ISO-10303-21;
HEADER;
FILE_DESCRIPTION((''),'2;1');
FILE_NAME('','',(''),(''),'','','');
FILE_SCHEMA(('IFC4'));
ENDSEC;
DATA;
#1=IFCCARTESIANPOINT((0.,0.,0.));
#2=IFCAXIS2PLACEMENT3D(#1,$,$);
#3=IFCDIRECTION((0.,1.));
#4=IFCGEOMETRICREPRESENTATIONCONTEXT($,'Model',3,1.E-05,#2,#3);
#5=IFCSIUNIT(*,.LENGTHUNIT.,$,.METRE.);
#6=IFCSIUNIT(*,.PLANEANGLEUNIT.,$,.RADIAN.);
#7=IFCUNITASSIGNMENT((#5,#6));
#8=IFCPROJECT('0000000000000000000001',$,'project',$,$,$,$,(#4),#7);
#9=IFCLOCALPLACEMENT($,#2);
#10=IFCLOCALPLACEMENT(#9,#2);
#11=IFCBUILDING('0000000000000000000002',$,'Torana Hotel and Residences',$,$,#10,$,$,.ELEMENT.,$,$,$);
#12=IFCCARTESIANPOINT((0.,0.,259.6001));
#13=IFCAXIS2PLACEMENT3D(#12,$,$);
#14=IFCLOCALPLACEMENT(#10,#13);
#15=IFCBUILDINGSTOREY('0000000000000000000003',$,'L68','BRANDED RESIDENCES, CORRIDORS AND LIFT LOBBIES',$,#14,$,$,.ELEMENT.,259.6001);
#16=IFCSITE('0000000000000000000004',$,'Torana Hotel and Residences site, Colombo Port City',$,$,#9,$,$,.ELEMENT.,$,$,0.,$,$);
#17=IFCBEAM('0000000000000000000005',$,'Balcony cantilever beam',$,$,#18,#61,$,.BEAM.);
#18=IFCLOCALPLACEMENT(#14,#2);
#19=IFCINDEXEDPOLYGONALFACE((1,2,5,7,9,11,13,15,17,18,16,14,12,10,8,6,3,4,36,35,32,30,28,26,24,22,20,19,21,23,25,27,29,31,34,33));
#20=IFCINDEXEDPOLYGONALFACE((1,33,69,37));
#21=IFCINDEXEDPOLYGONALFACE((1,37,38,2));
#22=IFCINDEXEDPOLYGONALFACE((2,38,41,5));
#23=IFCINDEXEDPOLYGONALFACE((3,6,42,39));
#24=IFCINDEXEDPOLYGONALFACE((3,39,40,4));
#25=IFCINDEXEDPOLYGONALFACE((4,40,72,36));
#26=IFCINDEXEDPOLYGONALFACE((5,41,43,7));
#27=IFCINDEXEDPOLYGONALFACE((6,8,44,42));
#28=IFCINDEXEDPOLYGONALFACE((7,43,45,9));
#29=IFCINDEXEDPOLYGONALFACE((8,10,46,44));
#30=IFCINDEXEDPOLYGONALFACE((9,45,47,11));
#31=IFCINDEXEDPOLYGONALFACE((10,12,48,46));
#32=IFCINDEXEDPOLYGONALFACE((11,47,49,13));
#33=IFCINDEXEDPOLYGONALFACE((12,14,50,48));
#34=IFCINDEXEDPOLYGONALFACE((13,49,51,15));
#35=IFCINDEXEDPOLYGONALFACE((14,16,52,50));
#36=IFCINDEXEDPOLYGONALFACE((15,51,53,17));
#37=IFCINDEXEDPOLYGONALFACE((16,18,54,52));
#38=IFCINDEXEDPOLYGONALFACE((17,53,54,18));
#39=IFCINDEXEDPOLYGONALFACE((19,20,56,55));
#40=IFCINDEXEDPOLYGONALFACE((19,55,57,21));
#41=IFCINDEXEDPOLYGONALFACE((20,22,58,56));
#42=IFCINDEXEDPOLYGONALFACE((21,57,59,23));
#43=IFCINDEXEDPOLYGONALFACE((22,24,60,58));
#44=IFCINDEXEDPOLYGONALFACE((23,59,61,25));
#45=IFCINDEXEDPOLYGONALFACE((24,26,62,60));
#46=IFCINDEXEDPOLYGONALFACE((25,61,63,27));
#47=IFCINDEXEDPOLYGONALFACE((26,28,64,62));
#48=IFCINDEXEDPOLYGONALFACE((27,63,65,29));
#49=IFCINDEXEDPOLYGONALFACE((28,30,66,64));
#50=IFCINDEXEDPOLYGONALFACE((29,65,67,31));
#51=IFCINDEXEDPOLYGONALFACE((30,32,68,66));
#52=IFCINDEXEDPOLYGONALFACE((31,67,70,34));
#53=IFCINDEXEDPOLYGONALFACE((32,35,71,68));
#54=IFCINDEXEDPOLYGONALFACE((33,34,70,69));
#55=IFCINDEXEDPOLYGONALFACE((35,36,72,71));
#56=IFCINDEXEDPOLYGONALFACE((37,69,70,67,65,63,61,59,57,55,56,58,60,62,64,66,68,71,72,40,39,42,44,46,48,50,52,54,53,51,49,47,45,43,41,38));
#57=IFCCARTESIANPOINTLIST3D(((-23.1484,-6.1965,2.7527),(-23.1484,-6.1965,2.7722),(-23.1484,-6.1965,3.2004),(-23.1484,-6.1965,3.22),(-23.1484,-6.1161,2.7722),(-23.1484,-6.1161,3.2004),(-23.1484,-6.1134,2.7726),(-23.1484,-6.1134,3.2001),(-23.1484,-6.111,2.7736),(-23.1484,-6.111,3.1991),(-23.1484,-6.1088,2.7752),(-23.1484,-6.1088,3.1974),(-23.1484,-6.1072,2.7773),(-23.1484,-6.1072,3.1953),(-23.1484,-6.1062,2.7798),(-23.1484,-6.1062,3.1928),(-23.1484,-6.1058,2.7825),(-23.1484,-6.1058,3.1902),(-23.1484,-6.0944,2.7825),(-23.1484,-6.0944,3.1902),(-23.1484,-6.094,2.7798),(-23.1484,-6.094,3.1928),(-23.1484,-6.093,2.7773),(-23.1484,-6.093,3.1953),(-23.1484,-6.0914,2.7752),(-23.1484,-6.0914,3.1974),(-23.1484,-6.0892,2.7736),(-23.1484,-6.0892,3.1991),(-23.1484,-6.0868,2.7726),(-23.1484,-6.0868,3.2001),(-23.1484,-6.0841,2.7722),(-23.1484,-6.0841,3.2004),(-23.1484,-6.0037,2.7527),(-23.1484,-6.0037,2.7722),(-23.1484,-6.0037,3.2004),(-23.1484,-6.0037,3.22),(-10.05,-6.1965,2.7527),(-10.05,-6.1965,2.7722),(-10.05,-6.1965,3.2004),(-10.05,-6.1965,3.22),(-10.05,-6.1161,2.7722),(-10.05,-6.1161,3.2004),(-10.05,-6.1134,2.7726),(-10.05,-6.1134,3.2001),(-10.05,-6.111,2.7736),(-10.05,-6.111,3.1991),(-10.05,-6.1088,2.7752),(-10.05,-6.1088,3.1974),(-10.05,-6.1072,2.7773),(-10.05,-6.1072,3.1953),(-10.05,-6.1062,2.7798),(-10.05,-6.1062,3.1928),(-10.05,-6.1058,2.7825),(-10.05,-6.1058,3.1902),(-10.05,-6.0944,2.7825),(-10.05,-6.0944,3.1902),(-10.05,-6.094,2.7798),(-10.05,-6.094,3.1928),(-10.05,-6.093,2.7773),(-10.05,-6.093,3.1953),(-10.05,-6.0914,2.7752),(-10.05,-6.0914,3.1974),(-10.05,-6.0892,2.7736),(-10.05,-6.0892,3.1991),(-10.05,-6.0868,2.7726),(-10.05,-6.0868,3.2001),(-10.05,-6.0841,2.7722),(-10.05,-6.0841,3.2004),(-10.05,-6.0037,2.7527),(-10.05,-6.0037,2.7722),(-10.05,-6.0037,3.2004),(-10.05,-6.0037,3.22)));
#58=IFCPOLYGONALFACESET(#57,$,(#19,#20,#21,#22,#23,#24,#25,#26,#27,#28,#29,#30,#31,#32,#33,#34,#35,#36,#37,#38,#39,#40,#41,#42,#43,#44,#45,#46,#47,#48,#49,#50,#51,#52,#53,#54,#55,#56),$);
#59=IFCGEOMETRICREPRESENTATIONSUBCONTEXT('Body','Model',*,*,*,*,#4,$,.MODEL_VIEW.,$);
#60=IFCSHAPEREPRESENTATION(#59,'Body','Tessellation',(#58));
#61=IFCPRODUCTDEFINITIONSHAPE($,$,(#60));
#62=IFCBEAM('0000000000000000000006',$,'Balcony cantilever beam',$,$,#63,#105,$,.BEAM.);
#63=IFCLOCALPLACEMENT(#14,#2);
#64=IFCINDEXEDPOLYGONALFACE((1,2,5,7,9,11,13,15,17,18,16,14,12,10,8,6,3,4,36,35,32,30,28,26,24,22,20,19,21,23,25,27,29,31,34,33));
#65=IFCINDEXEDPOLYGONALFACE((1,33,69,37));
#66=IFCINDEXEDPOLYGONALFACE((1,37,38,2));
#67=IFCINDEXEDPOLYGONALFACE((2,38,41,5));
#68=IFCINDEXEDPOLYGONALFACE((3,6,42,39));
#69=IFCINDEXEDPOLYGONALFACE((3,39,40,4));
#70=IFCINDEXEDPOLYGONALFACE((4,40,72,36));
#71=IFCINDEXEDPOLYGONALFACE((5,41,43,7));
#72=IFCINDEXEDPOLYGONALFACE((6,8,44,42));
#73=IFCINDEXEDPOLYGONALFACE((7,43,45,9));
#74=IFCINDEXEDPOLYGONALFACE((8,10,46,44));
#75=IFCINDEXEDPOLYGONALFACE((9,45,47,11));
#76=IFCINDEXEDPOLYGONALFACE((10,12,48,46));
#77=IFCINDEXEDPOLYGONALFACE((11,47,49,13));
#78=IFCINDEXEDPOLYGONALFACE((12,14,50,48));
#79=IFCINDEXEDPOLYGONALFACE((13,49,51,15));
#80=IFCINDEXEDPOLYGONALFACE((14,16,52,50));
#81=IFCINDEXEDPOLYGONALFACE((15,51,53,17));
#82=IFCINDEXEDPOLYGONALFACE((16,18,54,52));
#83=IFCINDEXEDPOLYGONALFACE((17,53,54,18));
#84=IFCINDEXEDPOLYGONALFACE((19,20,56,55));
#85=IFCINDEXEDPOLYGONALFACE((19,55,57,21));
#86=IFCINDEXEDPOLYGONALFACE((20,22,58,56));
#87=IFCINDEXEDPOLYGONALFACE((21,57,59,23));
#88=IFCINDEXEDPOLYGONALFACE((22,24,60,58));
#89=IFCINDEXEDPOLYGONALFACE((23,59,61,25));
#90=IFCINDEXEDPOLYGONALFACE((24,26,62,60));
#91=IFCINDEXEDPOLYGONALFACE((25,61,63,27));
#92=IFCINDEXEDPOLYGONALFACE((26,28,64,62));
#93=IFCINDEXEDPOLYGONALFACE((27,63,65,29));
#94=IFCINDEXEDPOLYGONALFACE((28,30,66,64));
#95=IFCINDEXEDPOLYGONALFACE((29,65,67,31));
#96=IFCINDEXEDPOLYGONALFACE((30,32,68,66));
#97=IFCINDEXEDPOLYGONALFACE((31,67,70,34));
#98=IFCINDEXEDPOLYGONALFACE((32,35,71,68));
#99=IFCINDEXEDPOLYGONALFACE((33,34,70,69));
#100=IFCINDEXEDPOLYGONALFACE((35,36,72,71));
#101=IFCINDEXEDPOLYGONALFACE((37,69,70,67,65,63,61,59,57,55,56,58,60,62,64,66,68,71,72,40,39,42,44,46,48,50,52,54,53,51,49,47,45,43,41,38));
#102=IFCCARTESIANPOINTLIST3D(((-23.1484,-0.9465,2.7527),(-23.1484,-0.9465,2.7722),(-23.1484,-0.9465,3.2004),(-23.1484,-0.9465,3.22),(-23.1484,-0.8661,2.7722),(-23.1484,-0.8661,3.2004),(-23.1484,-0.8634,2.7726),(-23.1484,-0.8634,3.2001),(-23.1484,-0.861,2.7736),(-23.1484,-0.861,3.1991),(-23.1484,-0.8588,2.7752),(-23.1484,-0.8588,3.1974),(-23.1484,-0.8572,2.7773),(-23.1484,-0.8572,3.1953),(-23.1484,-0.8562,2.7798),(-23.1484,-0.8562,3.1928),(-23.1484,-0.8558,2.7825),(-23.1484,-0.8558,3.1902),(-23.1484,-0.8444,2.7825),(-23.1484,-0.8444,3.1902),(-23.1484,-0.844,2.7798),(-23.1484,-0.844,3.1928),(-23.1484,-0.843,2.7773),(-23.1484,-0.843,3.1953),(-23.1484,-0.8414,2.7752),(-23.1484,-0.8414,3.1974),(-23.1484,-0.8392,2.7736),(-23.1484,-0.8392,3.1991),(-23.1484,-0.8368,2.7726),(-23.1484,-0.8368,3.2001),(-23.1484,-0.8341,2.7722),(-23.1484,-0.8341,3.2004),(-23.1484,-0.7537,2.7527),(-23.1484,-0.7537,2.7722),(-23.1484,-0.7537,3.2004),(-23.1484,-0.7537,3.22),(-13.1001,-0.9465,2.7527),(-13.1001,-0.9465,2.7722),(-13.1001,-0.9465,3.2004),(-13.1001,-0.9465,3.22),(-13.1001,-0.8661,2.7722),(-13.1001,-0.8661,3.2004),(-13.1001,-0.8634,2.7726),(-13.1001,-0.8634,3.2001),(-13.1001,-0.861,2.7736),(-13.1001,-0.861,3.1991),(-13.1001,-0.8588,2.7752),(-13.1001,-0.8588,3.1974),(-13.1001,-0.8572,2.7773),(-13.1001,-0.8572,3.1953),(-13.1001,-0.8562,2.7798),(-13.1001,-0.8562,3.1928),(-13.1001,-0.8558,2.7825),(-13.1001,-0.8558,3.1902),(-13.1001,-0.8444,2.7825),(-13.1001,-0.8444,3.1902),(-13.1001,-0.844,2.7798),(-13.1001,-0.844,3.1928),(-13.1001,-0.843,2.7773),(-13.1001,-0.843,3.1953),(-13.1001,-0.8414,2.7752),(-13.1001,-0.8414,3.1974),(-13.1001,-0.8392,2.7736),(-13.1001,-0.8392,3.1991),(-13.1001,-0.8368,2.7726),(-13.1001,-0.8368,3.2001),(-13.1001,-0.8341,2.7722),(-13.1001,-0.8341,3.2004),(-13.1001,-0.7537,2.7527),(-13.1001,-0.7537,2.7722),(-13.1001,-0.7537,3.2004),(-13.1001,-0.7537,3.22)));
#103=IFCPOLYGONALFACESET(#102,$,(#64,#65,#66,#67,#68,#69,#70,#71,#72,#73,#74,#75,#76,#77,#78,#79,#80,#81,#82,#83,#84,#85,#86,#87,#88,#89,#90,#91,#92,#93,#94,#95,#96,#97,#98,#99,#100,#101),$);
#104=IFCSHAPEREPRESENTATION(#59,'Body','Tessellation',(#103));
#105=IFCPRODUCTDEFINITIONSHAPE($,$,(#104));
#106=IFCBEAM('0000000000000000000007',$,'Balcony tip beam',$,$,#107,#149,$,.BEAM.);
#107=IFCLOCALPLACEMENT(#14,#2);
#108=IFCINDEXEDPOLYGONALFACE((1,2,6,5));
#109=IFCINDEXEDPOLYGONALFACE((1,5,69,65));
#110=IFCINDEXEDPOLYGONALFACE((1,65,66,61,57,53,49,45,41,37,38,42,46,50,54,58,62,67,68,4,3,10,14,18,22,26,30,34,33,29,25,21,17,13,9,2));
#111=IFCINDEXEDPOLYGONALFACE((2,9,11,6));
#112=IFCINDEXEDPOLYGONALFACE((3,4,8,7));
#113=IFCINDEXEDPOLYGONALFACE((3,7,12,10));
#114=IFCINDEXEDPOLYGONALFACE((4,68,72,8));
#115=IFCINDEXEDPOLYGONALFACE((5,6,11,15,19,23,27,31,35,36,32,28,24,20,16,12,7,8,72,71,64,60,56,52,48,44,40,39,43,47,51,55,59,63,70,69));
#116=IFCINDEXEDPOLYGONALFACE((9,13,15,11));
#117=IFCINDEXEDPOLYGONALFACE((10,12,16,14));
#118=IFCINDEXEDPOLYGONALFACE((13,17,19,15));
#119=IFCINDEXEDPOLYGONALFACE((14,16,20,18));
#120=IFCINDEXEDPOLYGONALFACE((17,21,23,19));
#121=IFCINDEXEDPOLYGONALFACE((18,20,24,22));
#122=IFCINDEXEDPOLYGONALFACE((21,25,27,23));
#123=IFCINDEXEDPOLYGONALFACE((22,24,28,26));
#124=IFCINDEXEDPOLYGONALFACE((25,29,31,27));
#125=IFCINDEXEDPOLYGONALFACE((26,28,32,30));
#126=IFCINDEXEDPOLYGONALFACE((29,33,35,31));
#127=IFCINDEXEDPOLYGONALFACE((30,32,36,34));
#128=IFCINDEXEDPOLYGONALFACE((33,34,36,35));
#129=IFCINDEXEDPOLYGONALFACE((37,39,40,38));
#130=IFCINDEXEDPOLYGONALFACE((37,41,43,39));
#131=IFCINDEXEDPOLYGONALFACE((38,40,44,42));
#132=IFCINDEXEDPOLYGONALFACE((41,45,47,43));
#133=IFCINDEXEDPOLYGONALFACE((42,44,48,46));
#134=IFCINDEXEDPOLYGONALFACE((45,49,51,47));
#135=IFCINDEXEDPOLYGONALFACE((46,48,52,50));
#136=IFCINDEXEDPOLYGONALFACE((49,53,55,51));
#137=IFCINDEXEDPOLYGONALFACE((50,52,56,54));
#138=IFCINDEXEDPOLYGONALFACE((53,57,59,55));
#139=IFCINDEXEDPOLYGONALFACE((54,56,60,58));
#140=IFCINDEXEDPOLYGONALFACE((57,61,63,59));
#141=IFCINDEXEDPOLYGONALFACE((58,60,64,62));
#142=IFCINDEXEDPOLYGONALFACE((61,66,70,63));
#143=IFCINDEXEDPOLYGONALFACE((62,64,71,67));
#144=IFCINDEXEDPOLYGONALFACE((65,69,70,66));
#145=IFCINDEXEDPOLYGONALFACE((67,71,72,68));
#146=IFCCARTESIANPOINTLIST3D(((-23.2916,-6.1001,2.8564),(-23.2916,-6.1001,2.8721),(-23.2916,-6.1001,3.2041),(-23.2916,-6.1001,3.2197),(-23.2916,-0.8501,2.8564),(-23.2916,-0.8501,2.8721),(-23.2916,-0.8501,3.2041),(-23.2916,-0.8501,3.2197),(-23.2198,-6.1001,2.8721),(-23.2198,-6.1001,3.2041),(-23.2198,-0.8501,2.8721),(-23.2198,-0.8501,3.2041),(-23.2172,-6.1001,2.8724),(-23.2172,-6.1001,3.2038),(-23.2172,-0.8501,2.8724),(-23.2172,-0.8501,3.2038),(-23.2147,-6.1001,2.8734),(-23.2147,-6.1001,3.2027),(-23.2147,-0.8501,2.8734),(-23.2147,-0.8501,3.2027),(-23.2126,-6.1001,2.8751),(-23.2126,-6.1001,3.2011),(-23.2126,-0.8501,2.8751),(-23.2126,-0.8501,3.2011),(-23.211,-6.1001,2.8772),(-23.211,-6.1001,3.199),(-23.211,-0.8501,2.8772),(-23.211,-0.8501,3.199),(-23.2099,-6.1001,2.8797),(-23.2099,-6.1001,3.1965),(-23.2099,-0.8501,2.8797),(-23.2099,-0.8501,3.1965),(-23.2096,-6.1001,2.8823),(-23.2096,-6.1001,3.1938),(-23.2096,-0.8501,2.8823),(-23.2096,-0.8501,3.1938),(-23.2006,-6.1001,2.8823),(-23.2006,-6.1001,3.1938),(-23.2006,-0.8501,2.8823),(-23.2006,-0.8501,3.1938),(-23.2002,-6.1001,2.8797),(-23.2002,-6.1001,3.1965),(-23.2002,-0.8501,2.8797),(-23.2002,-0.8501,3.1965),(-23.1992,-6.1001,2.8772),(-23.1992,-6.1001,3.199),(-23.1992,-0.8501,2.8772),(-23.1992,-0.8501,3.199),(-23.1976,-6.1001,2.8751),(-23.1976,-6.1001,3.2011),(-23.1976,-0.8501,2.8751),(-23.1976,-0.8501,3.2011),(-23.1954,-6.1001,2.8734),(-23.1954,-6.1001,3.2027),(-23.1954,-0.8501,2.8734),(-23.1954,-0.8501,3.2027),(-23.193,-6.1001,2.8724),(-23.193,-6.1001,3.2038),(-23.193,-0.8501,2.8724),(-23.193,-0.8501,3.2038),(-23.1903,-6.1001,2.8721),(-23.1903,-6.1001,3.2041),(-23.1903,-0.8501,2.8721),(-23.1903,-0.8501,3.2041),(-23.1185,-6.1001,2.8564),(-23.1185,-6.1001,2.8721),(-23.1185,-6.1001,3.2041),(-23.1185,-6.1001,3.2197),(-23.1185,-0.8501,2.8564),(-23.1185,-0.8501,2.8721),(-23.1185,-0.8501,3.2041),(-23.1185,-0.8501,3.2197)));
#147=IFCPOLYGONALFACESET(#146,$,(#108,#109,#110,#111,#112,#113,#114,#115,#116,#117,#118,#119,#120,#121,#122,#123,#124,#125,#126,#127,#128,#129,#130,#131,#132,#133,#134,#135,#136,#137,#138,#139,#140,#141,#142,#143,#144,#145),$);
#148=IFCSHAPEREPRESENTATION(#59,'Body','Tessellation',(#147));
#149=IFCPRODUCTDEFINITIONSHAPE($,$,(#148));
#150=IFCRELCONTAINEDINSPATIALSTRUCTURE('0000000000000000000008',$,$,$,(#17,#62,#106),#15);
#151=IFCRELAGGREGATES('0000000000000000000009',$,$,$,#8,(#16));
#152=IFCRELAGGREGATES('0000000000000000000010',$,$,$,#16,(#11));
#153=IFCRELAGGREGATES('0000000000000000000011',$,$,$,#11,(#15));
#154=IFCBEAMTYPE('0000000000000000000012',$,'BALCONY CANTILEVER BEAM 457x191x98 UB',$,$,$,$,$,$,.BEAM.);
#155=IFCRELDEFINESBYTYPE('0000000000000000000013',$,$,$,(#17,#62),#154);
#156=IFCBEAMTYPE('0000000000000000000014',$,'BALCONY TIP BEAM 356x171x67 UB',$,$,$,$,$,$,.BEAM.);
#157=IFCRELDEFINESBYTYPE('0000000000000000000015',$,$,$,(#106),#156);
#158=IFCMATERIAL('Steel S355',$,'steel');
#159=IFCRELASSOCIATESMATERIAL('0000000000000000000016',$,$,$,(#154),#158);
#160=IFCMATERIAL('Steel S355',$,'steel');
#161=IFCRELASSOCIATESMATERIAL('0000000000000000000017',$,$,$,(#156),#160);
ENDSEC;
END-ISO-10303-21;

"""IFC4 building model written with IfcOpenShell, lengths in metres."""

from ifc_helpers import new_model, si_unit, direction, frame, origin, origin_2d, place, context, subcontext, project, spatial, i_section, extrude, material, material_profile, profile_set, type_object, element, save


model = new_model("IFC4")

# Units and contexts
model_context = context("Model", 3, precision=1e-05, world=origin(), true_north=direction((0.0, 1.0)))
body_context = subcontext(model_context, "Body", "Model", "MODEL_VIEW")
ifc_project = project(units=[si_unit("LENGTHUNIT", "METRE"), si_unit("PLANEANGLEUNIT", "RADIAN")], contexts=[model_context])

# Site, building, storey
site_placement = place(None, origin())
site = spatial("IfcSite", under=ifc_project, at=site_placement, Name="Torana Hotel and Residences site, Colombo Port City", CompositionType="ELEMENT", RefElevation=0.0)
building_placement = place(site_placement, origin())
building = spatial("IfcBuilding", under=site, at=building_placement, Name="Torana Hotel and Residences", CompositionType="ELEMENT")
storey_placement = place(building_placement, frame((0.0, 0.0, 259.6001)))
storey = spatial("IfcBuildingStorey", under=building, at=storey_placement, Name="L68", Description="BRANDED RESIDENCES, CORRIDORS AND LIFT LOBBIES", CompositionType="ELEMENT", Elevation=259.6001)

# Beams
ifc_material_1 = material(Name="Steel S355", Category="steel")
ifc_material_profile_1 = material_profile(ifc_material_1, i_section(OverallWidth=0.1929, OverallDepth=0.4673, WebThickness=0.0115, FlangeThickness=0.0195, FilletRadius=0.0103, at=origin_2d()), Name="457x191x98 UB")
ifc_profile_set_1 = profile_set([ifc_material_profile_1], Name="Steel S355")
beam_type_1 = type_object("IfcBeamType", Name="BALCONY CANTILEVER BEAM 457x191x98 UB", PredefinedType="BEAM", material=ifc_profile_set_1)
beam_1_placement = place(storey_placement, frame((-23.1484, -6.1001, 2.9863), z_axis=(1.0, 0.0, 0.0), x_axis=(0.0, 1.0, 0.0)))
element("IfcBeam", 1, at=beam_1_placement, inside=storey, type_object=beam_type_1, Name="Balcony cantilever beam", PredefinedType="BEAM", context=body_context, shape_type="SweptSolid", body=[
    extrude(i_section(OverallWidth=0.1929, OverallDepth=0.4673, WebThickness=0.0115, FlangeThickness=0.0195, FilletRadius=0.0103, at=origin_2d()), origin(), (0.0, 0.0, 1.0), 13.0984),
])
beam_2_placement = place(storey_placement, frame((-23.1484, -0.8501, 2.9863), z_axis=(1.0, 0.0, 0.0), x_axis=(0.0, 1.0, 0.0)))
element("IfcBeam", 2, at=beam_2_placement, inside=storey, type_object=beam_type_1, Name="Balcony cantilever beam", PredefinedType="BEAM", context=body_context, shape_type="SweptSolid", body=[
    extrude(i_section(OverallWidth=0.1929, OverallDepth=0.4673, WebThickness=0.0115, FlangeThickness=0.0195, FilletRadius=0.0103, at=origin_2d()), origin(), (0.0, 0.0, 1.0), 10.0483),
])
ifc_material_2 = material(Name="Steel S355", Category="steel")
ifc_material_profile_2 = material_profile(ifc_material_2, i_section(OverallWidth=0.1731, OverallDepth=0.3633, WebThickness=0.009, FlangeThickness=0.0156, FilletRadius=0.0103, at=origin_2d()), Name="356x171x67 UB")
ifc_profile_set_2 = profile_set([ifc_material_profile_2], Name="Steel S355")
beam_type_2 = type_object("IfcBeamType", Name="BALCONY TIP BEAM 356x171x67 UB", PredefinedType="BEAM", material=ifc_profile_set_2)
beam_3_placement = place(storey_placement, frame((-23.2051, -6.1001, 3.0381), z_axis=(0.0, 1.0, 0.0), x_axis=(-1.0, 0.0, 0.0)))
element("IfcBeam", 3, at=beam_3_placement, inside=storey, type_object=beam_type_2, Name="Balcony tip beam", PredefinedType="BEAM", context=body_context, shape_type="SweptSolid", body=[
    extrude(i_section(OverallWidth=0.1731, OverallDepth=0.3633, WebThickness=0.009, FlangeThickness=0.0156, FilletRadius=0.0103, at=origin_2d()), origin(), (0.0, 0.0, 1.0), 5.25),
])

save(model, "model.ifc")
